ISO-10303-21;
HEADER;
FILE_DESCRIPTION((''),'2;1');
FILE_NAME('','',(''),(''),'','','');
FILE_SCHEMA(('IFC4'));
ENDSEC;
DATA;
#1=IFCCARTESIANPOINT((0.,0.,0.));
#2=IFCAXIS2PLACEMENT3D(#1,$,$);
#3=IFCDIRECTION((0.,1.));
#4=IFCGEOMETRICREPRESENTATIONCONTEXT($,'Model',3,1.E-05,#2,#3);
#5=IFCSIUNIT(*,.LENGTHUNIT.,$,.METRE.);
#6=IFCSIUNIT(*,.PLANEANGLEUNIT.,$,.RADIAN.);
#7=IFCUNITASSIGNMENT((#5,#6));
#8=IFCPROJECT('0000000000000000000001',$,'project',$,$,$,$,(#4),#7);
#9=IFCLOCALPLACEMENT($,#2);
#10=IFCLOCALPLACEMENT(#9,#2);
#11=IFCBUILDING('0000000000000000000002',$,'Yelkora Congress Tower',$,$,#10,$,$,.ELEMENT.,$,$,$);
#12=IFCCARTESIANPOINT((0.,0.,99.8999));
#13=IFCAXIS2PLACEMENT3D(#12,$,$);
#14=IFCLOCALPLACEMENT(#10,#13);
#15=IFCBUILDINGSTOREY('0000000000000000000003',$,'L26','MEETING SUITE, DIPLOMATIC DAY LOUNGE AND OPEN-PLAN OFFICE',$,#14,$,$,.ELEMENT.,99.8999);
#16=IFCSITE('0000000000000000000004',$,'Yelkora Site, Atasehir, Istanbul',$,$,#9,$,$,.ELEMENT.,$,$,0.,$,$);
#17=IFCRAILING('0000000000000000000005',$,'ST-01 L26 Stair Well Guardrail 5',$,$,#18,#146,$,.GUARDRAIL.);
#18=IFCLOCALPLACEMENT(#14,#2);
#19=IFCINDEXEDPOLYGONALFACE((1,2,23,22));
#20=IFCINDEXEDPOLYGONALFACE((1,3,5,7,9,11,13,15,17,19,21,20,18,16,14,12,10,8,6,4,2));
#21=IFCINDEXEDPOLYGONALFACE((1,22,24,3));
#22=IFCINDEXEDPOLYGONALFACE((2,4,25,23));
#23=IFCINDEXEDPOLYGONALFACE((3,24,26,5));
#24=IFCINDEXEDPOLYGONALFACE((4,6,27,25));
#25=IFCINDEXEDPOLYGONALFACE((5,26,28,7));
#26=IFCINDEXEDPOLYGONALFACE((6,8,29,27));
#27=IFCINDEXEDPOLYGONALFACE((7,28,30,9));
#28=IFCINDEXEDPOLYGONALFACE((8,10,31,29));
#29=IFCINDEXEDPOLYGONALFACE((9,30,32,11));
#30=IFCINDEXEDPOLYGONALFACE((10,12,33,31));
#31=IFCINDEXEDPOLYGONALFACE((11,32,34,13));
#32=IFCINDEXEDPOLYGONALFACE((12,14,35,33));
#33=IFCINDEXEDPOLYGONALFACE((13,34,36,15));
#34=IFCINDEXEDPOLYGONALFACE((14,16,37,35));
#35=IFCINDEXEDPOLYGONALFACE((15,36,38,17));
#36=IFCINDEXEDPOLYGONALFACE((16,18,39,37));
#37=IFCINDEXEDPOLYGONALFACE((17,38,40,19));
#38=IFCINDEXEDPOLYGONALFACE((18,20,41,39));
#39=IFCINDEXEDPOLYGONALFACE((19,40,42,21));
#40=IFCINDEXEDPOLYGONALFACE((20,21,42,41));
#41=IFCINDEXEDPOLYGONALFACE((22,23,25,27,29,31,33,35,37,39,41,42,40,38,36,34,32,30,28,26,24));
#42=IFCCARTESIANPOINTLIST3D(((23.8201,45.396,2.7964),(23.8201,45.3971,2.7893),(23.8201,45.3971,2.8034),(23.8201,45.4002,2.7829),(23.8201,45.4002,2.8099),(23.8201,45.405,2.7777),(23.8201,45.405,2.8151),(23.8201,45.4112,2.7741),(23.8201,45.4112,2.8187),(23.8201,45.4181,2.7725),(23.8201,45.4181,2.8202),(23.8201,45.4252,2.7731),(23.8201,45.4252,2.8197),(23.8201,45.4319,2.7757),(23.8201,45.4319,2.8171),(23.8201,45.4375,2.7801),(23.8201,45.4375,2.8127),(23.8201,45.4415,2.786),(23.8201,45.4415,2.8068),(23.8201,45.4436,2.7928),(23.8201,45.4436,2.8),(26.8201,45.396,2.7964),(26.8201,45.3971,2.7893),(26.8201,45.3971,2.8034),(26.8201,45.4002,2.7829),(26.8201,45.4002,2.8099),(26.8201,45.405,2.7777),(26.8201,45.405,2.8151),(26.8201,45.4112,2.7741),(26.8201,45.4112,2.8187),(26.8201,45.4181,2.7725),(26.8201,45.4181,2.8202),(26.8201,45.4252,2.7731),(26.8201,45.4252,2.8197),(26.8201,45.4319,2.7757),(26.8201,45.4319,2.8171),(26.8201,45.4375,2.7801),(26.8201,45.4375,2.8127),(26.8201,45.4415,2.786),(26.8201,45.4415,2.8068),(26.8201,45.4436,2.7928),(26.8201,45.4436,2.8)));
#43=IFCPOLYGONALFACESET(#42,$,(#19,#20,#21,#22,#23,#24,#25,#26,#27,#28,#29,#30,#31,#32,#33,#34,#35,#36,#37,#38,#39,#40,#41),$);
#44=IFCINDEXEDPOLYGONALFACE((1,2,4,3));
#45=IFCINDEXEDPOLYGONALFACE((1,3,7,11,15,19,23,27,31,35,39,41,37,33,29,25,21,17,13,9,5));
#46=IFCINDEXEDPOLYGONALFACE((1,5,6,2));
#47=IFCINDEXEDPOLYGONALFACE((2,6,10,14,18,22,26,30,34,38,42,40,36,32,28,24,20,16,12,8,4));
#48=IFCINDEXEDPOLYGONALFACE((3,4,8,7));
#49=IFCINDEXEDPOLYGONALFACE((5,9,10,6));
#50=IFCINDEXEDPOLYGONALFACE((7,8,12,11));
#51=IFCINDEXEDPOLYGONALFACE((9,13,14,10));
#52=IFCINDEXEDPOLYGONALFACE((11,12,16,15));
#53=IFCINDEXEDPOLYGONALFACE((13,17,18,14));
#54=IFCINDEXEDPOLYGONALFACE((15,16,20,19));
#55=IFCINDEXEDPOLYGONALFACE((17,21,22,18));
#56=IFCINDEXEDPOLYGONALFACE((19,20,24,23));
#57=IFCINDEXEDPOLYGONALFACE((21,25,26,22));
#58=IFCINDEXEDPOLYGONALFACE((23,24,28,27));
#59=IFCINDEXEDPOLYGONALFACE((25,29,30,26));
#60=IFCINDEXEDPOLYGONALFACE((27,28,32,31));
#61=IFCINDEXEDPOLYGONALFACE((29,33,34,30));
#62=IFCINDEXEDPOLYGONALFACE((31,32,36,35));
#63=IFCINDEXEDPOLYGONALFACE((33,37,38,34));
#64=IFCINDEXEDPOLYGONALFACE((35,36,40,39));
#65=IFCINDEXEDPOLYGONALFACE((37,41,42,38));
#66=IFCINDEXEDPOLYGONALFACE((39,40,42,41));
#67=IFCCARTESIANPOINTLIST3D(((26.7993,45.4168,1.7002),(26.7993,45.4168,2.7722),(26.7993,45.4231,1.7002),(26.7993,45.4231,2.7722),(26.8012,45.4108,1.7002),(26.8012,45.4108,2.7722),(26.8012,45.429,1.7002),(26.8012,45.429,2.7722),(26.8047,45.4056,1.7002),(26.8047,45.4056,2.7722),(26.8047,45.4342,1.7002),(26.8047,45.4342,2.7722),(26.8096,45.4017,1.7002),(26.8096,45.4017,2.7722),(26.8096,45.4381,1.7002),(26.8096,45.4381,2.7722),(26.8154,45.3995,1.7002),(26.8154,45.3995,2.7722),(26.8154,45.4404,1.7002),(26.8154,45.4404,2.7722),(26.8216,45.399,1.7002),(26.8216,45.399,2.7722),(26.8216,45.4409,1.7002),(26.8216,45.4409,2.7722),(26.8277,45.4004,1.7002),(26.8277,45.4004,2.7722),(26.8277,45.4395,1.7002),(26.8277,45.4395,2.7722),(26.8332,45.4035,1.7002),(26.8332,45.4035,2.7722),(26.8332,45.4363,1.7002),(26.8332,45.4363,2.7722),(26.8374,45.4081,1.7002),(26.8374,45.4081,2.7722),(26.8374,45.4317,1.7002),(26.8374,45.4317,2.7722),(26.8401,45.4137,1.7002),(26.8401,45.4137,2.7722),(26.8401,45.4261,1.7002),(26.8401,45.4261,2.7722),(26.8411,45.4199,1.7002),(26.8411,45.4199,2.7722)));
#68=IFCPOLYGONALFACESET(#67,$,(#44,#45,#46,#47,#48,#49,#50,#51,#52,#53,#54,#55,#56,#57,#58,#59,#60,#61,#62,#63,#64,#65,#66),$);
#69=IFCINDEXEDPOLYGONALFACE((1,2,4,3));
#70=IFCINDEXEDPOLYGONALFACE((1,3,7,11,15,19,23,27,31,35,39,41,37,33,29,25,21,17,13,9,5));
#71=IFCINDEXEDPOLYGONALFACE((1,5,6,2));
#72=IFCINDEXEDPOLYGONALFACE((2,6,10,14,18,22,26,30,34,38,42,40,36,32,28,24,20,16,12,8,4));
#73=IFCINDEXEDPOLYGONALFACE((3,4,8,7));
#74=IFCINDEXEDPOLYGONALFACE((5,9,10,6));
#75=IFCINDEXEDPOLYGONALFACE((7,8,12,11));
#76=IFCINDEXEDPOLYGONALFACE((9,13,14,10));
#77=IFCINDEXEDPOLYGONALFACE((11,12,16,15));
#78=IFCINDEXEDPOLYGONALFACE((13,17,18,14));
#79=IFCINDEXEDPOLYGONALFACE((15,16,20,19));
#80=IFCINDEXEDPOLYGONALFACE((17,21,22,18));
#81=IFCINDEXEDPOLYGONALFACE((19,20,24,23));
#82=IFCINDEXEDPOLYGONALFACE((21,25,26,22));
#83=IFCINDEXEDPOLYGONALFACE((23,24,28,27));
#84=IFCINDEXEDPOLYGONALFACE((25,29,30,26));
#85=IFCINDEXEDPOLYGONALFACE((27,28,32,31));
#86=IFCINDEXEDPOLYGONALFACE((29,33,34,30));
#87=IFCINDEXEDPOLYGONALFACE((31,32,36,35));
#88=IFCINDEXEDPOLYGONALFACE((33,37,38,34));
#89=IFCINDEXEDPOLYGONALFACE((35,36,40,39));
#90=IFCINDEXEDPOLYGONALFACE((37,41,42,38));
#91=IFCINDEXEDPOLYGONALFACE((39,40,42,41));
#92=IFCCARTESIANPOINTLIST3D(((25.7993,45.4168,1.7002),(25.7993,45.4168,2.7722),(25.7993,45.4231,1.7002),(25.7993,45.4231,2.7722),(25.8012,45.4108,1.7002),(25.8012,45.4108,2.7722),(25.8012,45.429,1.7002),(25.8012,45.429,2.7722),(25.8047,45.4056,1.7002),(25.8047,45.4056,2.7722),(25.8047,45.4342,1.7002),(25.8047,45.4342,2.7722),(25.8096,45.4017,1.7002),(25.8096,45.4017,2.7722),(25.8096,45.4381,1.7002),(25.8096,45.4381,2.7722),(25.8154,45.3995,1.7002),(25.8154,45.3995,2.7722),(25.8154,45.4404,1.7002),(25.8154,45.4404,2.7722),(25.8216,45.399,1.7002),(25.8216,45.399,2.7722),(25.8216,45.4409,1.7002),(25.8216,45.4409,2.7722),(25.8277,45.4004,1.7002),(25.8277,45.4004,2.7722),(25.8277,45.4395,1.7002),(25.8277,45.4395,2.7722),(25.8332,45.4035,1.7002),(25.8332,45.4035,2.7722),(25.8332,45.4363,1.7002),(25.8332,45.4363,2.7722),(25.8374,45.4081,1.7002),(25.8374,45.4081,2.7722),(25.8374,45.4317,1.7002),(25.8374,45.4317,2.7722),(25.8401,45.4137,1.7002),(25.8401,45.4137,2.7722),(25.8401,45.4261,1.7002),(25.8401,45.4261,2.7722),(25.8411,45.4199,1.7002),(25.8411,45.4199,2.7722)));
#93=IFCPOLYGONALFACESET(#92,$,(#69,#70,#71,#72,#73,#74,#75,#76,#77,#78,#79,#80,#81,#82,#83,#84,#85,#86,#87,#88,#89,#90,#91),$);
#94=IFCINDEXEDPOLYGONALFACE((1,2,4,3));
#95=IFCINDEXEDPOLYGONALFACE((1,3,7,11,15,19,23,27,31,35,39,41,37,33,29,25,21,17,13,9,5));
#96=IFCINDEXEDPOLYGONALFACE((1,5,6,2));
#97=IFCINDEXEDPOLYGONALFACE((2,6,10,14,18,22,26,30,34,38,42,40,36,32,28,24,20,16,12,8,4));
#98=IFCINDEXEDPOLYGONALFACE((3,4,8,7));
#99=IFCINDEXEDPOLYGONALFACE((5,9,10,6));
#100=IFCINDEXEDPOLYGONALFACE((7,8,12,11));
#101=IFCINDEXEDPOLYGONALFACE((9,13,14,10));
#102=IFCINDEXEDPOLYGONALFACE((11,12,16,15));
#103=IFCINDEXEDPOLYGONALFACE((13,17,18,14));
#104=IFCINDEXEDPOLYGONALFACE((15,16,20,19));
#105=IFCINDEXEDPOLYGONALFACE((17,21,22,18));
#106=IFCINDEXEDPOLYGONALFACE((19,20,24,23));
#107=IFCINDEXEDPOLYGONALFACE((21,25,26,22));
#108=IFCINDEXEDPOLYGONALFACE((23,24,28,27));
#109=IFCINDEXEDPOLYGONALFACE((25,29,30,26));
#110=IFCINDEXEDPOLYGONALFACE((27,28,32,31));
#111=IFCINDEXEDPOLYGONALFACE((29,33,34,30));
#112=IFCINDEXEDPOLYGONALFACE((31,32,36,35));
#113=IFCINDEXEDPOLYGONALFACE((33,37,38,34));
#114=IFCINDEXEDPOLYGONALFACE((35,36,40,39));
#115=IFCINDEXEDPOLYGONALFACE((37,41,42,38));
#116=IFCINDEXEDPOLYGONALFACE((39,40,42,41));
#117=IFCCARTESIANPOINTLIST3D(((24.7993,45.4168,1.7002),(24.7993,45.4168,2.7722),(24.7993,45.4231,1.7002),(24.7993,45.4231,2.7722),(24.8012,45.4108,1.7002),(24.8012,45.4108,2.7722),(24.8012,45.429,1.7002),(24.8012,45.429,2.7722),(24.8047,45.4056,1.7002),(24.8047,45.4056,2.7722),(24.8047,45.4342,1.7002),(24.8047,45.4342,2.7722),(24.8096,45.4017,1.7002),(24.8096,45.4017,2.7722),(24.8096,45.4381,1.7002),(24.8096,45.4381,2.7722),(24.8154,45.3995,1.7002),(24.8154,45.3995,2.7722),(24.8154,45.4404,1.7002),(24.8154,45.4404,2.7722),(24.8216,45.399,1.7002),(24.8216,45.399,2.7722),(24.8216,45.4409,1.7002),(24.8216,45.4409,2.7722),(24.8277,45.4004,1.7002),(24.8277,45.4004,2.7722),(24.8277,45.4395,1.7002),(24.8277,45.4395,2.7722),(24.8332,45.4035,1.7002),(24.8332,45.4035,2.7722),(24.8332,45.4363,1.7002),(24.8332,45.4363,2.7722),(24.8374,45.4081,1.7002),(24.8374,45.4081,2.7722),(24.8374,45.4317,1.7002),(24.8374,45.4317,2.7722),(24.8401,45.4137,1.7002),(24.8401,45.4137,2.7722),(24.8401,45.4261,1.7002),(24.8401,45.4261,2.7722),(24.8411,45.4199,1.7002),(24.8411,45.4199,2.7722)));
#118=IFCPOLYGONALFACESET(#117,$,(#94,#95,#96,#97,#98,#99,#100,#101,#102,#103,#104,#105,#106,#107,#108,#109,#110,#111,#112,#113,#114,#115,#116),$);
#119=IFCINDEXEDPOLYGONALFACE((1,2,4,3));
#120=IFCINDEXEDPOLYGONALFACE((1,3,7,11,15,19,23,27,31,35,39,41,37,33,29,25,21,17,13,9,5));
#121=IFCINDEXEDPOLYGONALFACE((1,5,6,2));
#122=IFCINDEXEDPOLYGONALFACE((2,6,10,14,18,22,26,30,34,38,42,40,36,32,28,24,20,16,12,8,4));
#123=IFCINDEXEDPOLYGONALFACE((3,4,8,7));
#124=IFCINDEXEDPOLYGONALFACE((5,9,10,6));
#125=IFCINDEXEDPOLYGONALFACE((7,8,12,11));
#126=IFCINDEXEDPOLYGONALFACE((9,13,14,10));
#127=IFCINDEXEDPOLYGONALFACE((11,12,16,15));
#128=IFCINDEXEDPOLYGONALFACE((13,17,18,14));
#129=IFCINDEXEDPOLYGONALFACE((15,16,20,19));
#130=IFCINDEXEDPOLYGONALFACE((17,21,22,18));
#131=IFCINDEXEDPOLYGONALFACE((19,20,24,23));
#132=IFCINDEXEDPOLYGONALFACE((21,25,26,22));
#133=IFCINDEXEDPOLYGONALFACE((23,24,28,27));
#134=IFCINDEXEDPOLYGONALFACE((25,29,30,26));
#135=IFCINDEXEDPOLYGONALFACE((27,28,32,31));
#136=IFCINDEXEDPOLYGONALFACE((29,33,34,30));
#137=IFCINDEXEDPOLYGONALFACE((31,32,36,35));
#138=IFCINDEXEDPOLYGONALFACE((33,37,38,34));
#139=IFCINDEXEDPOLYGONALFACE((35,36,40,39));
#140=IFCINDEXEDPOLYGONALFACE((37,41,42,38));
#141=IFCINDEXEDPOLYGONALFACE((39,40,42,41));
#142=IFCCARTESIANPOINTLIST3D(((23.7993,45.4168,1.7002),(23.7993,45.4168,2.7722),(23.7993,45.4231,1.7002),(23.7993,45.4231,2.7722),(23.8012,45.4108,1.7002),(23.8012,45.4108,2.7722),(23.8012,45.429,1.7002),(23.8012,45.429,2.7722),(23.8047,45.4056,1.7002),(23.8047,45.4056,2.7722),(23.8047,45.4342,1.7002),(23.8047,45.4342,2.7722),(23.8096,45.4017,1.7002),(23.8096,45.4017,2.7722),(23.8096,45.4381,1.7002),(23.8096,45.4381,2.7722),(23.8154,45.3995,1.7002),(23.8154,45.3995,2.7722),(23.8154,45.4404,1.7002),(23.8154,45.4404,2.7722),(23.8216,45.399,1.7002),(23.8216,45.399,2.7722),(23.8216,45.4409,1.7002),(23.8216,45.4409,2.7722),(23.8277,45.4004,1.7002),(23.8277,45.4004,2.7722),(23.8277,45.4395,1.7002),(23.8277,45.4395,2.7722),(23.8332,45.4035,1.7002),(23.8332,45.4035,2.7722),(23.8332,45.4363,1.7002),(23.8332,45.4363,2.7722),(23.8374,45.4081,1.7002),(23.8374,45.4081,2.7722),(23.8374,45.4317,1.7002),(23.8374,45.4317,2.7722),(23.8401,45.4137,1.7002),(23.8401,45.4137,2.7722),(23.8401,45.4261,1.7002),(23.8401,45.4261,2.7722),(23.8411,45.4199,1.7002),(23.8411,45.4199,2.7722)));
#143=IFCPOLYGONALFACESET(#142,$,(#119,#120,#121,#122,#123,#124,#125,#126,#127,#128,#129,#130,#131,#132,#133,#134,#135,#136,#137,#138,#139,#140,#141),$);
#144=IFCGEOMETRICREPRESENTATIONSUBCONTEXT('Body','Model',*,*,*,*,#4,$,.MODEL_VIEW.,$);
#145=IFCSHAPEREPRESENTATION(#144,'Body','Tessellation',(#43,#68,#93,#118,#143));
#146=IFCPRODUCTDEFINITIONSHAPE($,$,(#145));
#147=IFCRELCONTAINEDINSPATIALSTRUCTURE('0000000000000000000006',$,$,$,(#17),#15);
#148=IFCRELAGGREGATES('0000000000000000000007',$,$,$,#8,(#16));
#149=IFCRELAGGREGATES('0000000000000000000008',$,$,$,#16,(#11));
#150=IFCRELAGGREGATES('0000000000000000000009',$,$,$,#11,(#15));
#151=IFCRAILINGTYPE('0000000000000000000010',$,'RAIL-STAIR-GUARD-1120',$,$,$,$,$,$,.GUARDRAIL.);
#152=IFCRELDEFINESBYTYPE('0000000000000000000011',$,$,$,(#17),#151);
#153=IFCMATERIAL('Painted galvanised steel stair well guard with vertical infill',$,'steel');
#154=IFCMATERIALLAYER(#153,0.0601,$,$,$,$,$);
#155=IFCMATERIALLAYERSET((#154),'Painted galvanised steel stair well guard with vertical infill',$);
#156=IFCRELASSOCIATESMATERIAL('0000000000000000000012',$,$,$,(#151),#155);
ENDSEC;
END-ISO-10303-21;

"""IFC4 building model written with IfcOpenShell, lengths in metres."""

from ifc_helpers import new_model, si_unit, direction, frame, origin, origin_2d, place, context, subcontext, project, spatial, circle, extrude, material, layer, layer_set, type_object, element, save


model = new_model("IFC4")

# Units and contexts
model_context = context("Model", 3, precision=1e-05, world=origin(), true_north=direction((0.0, 1.0)))
body_context = subcontext(model_context, "Body", "Model", "MODEL_VIEW")
ifc_project = project(units=[si_unit("LENGTHUNIT", "METRE"), si_unit("PLANEANGLEUNIT", "RADIAN")], contexts=[model_context])

# Site, building, storey
site_placement = place(None, origin())
site = spatial("IfcSite", under=ifc_project, at=site_placement, Name="Yelkora Site, Atasehir, Istanbul", CompositionType="ELEMENT", RefElevation=0.0)
building_placement = place(site_placement, origin())
building = spatial("IfcBuilding", under=site, at=building_placement, Name="Yelkora Congress Tower", CompositionType="ELEMENT")
storey_placement = place(building_placement, frame((0.0, 0.0, 99.8999)))
storey = spatial("IfcBuildingStorey", under=building, at=storey_placement, Name="L26", Description="MEETING SUITE, DIPLOMATIC DAY LOUNGE AND OPEN-PLAN OFFICE", CompositionType="ELEMENT", Elevation=99.8999)

# Railing
ifc_material_1 = material(Name="Painted galvanised steel stair well guard with vertical infill", Category="steel")
ifc_layer_1 = layer(ifc_material_1, 0.0601)
ifc_layer_set_1 = layer_set([ifc_layer_1], Name="Painted galvanised steel stair well guard with vertical infill")
railing_type_1 = type_object("IfcRailingType", Name="RAIL-STAIR-GUARD-1120", PredefinedType="GUARDRAIL", material=ifc_layer_set_1)
railing_1_placement = place(storey_placement, frame((26.8201, 45.4199, 1.7002)))
element("IfcRailing", 1, at=railing_1_placement, inside=storey, type_object=railing_type_1, Name="ST-01 L26 Stair Well Guardrail 5", PredefinedType="GUARDRAIL", context=body_context, shape_type="SweptSolid", body=[
    extrude(circle(Radius=0.0239, at=origin_2d()), frame((0.0, 0.0, 1.0962), z_axis=(-1.0, 0.0, 0.0), x_axis=(0.0, -1.0, 0.0)), (0.0, 0.0, 1.0), 3.0),
    extrude(circle(Radius=0.021, at=origin_2d()), origin(), (0.0, 0.0, 1.0), 1.072),
    extrude(circle(Radius=0.021, at=origin_2d()), frame((-1.0, 0.0, 0.0)), (0.0, 0.0, 1.0), 1.072),
    extrude(circle(Radius=0.021, at=origin_2d()), frame((-2.0, 0.0, 0.0)), (0.0, 0.0, 1.0), 1.072),
    extrude(circle(Radius=0.021, at=origin_2d()), frame((-3.0, 0.0, 0.0)), (0.0, 0.0, 1.0), 1.072),
])

save(model, "model.ifc")
